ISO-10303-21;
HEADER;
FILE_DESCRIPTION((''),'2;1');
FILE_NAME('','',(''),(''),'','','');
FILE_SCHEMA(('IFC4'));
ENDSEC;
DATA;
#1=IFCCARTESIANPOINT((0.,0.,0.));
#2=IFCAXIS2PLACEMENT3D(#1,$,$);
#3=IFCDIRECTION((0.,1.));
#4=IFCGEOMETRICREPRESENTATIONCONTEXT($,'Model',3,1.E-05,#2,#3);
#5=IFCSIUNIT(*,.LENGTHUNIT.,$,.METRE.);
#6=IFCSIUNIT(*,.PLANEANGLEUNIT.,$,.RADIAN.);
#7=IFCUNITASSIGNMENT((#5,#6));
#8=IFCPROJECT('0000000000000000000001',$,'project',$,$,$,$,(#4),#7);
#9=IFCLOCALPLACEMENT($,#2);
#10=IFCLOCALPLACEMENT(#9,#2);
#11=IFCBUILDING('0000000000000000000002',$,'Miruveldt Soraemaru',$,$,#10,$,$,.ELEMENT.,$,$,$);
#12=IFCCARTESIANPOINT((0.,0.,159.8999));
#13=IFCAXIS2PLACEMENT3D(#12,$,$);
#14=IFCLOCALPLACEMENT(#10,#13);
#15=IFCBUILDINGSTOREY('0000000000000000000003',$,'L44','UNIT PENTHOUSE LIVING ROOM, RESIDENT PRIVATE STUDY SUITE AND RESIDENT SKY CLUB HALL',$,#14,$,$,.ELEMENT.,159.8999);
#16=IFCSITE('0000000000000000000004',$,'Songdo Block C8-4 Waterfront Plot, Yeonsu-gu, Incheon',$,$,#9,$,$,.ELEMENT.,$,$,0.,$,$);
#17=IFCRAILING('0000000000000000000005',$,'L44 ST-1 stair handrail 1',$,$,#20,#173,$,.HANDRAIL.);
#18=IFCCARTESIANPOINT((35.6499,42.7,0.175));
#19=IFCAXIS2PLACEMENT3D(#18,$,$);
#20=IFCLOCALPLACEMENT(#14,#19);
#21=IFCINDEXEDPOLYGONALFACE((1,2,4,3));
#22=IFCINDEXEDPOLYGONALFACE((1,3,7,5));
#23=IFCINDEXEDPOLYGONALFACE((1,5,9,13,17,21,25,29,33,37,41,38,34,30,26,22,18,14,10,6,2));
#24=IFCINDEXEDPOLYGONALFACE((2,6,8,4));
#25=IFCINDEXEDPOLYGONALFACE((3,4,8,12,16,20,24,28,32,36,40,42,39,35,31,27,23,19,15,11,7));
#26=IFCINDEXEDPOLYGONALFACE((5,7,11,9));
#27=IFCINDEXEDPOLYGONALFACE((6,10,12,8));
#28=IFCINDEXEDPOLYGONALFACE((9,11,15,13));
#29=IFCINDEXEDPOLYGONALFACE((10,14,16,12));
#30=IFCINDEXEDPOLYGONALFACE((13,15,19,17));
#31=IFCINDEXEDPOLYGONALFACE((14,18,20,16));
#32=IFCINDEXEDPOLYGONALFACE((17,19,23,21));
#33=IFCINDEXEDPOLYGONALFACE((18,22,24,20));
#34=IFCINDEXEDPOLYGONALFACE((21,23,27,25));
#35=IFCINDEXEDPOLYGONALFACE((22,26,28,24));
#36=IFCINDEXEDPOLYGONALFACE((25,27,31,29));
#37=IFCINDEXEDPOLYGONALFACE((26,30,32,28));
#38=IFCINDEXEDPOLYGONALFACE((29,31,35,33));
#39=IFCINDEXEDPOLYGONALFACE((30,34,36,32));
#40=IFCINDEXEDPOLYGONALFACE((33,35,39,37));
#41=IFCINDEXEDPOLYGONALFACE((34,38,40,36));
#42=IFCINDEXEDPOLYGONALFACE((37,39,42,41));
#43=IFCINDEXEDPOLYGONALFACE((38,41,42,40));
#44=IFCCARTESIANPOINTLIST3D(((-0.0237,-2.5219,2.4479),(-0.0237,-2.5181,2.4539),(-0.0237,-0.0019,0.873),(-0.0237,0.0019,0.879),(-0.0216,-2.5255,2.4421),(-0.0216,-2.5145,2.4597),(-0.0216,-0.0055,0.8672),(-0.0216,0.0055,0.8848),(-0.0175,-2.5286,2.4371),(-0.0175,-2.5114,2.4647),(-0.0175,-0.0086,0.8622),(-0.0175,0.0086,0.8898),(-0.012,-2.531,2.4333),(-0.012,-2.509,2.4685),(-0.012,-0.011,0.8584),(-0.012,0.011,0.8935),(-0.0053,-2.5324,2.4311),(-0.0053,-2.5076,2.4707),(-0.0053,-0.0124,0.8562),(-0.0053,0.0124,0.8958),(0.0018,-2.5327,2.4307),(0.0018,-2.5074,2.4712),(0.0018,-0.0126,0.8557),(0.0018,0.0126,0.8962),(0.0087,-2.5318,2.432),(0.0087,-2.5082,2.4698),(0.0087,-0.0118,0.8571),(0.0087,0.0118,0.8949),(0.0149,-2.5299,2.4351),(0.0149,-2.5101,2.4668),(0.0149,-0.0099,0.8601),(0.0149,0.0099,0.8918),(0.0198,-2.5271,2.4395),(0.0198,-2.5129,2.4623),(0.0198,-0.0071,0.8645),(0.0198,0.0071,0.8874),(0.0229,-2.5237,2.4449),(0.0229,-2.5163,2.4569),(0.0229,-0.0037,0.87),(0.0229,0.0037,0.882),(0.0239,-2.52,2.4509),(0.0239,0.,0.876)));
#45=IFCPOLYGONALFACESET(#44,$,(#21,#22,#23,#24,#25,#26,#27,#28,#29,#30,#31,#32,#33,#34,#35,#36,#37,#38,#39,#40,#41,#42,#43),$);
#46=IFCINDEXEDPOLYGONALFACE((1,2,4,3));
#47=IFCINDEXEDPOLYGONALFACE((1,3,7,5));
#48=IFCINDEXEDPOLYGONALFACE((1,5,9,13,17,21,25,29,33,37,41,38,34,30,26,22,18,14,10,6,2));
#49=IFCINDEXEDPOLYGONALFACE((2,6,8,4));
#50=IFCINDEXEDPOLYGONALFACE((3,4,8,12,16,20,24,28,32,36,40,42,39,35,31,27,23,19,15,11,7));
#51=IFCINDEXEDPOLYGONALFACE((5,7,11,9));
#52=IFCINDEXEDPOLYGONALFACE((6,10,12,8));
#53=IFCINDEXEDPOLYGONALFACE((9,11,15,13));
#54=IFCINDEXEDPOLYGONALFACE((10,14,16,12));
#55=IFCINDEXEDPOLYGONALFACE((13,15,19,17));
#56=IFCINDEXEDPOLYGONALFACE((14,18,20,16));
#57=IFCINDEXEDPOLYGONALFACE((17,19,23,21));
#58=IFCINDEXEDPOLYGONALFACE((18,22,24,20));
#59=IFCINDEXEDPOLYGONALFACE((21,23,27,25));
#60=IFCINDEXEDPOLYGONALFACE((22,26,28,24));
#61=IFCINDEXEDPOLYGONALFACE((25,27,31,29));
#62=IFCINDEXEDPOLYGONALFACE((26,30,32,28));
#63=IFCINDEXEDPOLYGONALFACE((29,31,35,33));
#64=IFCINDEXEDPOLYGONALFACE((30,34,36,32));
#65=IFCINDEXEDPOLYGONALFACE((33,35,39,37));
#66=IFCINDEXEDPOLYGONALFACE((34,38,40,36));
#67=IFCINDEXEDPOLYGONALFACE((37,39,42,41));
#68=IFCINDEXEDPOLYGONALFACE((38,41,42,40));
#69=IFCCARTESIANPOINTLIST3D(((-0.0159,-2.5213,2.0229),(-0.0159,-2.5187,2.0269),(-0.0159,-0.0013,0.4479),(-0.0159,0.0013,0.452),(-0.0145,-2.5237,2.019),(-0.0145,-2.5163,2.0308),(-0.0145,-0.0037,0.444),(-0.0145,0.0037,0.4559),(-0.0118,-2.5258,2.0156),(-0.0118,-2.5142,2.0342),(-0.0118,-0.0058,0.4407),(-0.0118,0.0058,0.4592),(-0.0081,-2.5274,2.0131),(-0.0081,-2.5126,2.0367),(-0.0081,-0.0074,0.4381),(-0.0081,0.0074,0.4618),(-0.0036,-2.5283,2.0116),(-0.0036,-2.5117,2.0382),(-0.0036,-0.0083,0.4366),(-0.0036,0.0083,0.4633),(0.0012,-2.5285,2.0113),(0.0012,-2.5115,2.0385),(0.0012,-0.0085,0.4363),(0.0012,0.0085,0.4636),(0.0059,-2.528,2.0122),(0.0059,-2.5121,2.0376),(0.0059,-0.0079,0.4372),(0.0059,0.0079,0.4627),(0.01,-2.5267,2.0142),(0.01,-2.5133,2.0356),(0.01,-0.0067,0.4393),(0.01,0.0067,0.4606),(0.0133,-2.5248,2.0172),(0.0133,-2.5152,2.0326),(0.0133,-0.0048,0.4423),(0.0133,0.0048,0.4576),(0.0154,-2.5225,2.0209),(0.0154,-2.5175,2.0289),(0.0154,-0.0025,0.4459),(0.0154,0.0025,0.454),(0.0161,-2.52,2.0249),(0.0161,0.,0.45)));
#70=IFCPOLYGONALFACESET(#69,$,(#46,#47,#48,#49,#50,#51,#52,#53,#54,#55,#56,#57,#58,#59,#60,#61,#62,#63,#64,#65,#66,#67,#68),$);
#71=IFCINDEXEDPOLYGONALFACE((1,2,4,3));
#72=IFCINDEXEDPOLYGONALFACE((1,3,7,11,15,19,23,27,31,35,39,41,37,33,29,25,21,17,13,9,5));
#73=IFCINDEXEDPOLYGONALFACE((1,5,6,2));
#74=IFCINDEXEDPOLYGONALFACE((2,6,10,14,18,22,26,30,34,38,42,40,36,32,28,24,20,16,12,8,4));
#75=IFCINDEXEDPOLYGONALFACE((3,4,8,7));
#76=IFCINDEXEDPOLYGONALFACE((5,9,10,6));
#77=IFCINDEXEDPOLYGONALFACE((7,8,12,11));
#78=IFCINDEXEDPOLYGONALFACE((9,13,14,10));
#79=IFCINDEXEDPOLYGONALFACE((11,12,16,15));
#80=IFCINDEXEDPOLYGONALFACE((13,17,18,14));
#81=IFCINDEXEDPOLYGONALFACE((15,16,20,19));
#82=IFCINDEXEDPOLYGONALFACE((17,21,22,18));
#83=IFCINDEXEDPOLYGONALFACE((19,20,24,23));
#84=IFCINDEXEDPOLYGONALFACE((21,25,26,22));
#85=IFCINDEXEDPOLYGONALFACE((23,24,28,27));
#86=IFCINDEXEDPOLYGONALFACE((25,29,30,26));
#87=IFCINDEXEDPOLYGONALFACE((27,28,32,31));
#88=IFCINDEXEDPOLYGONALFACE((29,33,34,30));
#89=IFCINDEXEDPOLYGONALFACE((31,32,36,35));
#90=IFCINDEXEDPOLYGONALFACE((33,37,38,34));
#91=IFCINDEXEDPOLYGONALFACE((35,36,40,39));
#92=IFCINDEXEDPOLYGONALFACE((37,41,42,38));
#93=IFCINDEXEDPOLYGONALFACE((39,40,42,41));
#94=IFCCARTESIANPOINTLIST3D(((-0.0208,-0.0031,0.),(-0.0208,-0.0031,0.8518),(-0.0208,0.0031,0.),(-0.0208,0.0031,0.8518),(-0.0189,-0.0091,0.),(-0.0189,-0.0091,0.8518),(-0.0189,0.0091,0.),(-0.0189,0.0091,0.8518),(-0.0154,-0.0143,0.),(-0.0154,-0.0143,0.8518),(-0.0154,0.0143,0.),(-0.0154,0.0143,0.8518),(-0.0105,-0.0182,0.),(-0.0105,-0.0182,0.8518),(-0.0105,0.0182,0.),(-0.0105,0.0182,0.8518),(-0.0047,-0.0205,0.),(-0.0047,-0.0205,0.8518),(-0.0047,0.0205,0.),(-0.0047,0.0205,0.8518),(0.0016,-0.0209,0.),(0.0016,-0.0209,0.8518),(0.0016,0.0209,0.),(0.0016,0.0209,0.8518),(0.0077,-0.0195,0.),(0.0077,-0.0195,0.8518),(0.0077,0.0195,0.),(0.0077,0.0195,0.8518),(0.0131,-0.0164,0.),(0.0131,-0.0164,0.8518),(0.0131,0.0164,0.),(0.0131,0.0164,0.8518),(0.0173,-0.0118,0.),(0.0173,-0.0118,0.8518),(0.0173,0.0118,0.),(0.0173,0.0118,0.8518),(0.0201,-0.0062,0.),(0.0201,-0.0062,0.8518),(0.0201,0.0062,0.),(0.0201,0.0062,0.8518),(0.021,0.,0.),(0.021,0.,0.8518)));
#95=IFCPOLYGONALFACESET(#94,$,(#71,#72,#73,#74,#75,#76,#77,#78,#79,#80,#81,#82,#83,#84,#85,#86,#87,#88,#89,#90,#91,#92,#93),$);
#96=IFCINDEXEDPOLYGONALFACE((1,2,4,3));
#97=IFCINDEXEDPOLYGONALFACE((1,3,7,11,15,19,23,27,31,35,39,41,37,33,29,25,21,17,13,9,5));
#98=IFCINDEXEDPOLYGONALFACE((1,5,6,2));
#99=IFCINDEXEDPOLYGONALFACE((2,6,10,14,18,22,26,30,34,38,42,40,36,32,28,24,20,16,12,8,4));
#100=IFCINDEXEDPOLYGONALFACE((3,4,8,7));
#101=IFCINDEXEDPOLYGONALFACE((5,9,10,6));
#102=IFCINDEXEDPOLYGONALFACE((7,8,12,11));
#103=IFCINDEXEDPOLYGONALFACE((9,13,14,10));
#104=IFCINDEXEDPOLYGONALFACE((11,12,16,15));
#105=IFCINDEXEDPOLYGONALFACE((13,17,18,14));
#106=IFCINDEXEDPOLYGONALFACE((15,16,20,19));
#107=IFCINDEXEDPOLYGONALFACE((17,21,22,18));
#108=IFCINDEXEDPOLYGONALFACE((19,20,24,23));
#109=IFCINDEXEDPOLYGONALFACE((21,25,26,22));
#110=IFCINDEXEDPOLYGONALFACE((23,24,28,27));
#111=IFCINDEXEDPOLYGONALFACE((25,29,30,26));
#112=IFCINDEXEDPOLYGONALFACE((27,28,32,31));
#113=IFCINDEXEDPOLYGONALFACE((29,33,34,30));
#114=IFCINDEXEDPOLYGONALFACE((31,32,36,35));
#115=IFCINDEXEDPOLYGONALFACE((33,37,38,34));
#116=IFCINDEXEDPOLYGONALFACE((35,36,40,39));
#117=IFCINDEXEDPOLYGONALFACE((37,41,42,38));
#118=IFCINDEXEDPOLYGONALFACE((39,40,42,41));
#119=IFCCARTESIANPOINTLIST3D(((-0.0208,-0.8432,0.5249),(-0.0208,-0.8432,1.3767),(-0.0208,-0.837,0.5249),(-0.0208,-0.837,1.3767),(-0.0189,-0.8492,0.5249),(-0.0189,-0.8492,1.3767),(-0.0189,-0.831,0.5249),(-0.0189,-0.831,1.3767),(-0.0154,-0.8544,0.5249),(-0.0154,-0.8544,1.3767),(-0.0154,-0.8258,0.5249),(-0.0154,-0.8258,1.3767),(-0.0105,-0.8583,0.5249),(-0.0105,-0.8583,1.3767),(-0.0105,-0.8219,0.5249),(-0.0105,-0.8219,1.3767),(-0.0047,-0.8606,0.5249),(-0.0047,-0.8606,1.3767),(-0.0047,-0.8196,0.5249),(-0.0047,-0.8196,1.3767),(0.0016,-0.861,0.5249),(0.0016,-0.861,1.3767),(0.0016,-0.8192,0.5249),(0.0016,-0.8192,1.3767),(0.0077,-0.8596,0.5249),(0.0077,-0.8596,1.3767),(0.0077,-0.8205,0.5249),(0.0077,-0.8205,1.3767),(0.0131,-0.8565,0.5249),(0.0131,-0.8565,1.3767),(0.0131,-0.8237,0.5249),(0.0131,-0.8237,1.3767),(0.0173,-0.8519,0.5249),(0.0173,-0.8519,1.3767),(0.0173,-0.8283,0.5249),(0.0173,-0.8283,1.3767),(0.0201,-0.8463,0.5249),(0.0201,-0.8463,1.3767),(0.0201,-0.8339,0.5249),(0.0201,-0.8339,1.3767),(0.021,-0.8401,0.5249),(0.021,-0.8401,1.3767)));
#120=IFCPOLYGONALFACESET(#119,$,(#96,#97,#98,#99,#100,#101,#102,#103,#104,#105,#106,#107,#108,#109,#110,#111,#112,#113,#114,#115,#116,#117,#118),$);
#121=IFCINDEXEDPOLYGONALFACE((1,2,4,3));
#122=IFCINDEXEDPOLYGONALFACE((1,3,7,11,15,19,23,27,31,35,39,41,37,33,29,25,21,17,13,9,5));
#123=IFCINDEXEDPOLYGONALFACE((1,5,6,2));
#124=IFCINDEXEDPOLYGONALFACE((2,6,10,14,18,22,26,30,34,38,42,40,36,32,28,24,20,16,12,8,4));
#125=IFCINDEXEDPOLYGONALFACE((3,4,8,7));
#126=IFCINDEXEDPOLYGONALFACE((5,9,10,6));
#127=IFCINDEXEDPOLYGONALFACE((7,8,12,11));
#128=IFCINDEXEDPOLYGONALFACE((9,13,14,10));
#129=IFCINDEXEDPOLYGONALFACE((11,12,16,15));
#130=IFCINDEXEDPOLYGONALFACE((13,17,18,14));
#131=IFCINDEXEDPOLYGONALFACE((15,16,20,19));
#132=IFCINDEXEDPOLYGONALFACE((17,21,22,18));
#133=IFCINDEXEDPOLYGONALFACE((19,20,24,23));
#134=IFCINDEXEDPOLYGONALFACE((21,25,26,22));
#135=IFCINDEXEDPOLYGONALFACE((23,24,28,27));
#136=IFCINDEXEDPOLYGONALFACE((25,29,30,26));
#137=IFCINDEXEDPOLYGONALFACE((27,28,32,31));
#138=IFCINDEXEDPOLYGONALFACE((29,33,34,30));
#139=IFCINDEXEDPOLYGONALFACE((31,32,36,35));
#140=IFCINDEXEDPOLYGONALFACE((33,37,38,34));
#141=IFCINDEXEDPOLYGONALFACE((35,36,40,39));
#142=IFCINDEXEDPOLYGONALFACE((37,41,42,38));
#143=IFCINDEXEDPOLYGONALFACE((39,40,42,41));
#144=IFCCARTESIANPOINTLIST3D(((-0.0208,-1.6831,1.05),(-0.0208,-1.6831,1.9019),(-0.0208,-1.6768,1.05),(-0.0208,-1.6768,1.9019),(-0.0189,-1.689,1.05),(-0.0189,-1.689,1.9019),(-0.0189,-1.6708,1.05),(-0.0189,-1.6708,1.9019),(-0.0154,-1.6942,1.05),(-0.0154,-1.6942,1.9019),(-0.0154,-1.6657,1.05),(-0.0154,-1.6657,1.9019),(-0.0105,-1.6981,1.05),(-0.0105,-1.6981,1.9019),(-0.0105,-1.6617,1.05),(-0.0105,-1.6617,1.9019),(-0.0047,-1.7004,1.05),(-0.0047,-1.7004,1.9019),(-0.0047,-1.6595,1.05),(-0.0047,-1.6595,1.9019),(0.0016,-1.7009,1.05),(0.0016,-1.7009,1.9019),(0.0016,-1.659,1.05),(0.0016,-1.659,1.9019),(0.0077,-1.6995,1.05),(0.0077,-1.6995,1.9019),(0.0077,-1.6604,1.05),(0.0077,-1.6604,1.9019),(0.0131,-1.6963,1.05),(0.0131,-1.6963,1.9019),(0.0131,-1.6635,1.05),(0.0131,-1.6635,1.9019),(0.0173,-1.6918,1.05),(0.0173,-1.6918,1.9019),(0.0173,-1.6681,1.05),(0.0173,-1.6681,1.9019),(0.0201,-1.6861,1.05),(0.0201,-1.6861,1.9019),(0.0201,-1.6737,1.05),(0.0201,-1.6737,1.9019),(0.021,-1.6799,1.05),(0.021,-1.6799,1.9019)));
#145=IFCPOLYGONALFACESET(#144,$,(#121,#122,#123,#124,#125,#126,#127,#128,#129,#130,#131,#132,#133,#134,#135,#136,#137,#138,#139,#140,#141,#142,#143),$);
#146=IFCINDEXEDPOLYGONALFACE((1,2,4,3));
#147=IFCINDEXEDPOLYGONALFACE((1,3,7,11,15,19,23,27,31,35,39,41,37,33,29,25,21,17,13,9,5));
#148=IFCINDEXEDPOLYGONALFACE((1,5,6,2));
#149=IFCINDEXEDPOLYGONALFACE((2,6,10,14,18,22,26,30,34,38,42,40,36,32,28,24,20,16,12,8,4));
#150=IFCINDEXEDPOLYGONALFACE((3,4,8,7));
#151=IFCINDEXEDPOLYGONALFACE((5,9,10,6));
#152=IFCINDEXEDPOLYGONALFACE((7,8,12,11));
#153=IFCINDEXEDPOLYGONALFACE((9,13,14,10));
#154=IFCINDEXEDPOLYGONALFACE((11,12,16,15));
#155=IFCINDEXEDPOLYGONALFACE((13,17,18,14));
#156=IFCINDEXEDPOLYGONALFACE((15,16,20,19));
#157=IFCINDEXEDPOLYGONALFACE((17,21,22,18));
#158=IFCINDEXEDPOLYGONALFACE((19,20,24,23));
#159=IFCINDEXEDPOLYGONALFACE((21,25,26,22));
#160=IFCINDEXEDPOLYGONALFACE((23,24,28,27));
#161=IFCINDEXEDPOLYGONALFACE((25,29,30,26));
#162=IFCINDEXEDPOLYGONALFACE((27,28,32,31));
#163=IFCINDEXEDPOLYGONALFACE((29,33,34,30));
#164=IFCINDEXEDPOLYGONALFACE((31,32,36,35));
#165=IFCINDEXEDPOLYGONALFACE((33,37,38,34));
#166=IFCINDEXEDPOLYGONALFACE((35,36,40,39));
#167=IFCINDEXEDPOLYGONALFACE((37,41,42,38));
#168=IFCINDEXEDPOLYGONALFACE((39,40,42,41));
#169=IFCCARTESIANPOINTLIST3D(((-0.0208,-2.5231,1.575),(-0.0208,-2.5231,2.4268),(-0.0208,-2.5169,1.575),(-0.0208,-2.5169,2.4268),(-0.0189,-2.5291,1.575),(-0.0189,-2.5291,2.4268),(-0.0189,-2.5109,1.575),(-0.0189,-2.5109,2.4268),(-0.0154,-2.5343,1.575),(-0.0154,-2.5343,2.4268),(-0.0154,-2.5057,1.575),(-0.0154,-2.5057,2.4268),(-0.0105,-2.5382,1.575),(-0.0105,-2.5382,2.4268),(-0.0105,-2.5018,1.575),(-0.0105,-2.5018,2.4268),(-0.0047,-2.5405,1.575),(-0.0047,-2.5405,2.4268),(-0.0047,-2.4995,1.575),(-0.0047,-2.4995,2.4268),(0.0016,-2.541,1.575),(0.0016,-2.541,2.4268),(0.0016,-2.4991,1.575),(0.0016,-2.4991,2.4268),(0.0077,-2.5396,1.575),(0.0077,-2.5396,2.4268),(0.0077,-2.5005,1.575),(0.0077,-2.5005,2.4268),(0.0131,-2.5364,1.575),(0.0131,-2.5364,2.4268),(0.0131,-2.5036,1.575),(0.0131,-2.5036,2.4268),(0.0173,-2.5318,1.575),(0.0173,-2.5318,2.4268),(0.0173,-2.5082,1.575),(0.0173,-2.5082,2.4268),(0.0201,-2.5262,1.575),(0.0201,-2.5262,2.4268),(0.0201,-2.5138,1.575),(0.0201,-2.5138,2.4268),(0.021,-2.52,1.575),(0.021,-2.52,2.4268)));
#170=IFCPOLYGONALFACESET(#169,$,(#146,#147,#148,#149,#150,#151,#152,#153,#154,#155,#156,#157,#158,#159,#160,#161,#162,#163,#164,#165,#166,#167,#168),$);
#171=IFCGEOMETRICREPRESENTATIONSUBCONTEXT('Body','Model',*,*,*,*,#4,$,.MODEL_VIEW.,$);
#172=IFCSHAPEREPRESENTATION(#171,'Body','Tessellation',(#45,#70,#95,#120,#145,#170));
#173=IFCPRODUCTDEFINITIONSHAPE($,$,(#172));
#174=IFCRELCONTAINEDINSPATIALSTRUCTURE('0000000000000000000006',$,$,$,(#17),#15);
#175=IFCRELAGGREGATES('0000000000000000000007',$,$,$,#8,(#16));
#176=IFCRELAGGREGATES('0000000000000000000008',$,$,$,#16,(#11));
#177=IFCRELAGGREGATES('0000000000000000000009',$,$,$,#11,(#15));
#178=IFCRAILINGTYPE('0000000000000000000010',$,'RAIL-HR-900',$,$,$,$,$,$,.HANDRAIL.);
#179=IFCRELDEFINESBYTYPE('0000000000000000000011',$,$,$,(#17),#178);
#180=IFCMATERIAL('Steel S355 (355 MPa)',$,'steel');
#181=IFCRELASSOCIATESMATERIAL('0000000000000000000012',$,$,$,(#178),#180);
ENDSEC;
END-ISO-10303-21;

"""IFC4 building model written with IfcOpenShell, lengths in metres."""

from ifc_helpers import new_model, si_unit, direction, frame, origin, origin_2d, place, context, subcontext, project, spatial, circle, extrude, material, type_object, element, save


model = new_model("IFC4")

# Units and contexts
model_context = context("Model", 3, precision=1e-05, world=origin(), true_north=direction((0.0, 1.0)))
body_context = subcontext(model_context, "Body", "Model", "MODEL_VIEW")
ifc_project = project(units=[si_unit("LENGTHUNIT", "METRE"), si_unit("PLANEANGLEUNIT", "RADIAN")], contexts=[model_context])

# Site, building, storey
site_placement = place(None, origin())
site = spatial("IfcSite", under=ifc_project, at=site_placement, Name="Songdo Block C8-4 Waterfront Plot, Yeonsu-gu, Incheon", CompositionType="ELEMENT", RefElevation=0.0)
building_placement = place(site_placement, origin())
building = spatial("IfcBuilding", under=site, at=building_placement, Name="Miruveldt Soraemaru", CompositionType="ELEMENT")
storey_placement = place(building_placement, frame((0.0, 0.0, 159.8999)))
storey = spatial("IfcBuildingStorey", under=building, at=storey_placement, Name="L44", Description="UNIT PENTHOUSE LIVING ROOM, RESIDENT PRIVATE STUDY SUITE AND RESIDENT SKY CLUB HALL", CompositionType="ELEMENT", Elevation=159.8999)

# Railing
ifc_material_1 = material(Name="Steel S355 (355 MPa)", Category="steel")
railing_type = type_object("IfcRailingType", Name="RAIL-HR-900", PredefinedType="HANDRAIL", material=ifc_material_1)
railing_placement = place(storey_placement, frame((35.6499, 42.7, 0.175)))
element("IfcRailing", 1, at=railing_placement, inside=storey, type_object=railing_type, Name="L44 ST-1 stair handrail 1", PredefinedType="HANDRAIL", context=body_context, shape_type="SweptSolid", body=[
    extrude(circle(Radius=0.0239, at=origin_2d()), frame((0.0, 0.0, 0.876), z_axis=(0.0, -0.848008, 0.529984), x_axis=(1.0, 0.0, 0.0)), (0.0, 0.0, 1.0), 2.9717),
    extrude(circle(Radius=0.0161, at=origin_2d()), frame((0.0, 0.0, 0.45), z_axis=(0.0, -0.848008, 0.529984), x_axis=(1.0, 0.0, 0.0)), (0.0, 0.0, 1.0), 2.9717),
    extrude(circle(Radius=0.021, at=origin_2d()), origin(), (0.0, 0.0, 1.0), 0.8518),
    extrude(circle(Radius=0.021, at=origin_2d()), frame((0.0, -0.8401, 0.5249)), (0.0, 0.0, 1.0), 0.8518),
    extrude(circle(Radius=0.021, at=origin_2d()), frame((0.0, -1.6799, 1.05)), (0.0, 0.0, 1.0), 0.8518),
    extrude(circle(Radius=0.021, at=origin_2d()), frame((0.0, -2.52, 1.575)), (0.0, 0.0, 1.0), 0.8518),
])

save(model, "model.ifc")
